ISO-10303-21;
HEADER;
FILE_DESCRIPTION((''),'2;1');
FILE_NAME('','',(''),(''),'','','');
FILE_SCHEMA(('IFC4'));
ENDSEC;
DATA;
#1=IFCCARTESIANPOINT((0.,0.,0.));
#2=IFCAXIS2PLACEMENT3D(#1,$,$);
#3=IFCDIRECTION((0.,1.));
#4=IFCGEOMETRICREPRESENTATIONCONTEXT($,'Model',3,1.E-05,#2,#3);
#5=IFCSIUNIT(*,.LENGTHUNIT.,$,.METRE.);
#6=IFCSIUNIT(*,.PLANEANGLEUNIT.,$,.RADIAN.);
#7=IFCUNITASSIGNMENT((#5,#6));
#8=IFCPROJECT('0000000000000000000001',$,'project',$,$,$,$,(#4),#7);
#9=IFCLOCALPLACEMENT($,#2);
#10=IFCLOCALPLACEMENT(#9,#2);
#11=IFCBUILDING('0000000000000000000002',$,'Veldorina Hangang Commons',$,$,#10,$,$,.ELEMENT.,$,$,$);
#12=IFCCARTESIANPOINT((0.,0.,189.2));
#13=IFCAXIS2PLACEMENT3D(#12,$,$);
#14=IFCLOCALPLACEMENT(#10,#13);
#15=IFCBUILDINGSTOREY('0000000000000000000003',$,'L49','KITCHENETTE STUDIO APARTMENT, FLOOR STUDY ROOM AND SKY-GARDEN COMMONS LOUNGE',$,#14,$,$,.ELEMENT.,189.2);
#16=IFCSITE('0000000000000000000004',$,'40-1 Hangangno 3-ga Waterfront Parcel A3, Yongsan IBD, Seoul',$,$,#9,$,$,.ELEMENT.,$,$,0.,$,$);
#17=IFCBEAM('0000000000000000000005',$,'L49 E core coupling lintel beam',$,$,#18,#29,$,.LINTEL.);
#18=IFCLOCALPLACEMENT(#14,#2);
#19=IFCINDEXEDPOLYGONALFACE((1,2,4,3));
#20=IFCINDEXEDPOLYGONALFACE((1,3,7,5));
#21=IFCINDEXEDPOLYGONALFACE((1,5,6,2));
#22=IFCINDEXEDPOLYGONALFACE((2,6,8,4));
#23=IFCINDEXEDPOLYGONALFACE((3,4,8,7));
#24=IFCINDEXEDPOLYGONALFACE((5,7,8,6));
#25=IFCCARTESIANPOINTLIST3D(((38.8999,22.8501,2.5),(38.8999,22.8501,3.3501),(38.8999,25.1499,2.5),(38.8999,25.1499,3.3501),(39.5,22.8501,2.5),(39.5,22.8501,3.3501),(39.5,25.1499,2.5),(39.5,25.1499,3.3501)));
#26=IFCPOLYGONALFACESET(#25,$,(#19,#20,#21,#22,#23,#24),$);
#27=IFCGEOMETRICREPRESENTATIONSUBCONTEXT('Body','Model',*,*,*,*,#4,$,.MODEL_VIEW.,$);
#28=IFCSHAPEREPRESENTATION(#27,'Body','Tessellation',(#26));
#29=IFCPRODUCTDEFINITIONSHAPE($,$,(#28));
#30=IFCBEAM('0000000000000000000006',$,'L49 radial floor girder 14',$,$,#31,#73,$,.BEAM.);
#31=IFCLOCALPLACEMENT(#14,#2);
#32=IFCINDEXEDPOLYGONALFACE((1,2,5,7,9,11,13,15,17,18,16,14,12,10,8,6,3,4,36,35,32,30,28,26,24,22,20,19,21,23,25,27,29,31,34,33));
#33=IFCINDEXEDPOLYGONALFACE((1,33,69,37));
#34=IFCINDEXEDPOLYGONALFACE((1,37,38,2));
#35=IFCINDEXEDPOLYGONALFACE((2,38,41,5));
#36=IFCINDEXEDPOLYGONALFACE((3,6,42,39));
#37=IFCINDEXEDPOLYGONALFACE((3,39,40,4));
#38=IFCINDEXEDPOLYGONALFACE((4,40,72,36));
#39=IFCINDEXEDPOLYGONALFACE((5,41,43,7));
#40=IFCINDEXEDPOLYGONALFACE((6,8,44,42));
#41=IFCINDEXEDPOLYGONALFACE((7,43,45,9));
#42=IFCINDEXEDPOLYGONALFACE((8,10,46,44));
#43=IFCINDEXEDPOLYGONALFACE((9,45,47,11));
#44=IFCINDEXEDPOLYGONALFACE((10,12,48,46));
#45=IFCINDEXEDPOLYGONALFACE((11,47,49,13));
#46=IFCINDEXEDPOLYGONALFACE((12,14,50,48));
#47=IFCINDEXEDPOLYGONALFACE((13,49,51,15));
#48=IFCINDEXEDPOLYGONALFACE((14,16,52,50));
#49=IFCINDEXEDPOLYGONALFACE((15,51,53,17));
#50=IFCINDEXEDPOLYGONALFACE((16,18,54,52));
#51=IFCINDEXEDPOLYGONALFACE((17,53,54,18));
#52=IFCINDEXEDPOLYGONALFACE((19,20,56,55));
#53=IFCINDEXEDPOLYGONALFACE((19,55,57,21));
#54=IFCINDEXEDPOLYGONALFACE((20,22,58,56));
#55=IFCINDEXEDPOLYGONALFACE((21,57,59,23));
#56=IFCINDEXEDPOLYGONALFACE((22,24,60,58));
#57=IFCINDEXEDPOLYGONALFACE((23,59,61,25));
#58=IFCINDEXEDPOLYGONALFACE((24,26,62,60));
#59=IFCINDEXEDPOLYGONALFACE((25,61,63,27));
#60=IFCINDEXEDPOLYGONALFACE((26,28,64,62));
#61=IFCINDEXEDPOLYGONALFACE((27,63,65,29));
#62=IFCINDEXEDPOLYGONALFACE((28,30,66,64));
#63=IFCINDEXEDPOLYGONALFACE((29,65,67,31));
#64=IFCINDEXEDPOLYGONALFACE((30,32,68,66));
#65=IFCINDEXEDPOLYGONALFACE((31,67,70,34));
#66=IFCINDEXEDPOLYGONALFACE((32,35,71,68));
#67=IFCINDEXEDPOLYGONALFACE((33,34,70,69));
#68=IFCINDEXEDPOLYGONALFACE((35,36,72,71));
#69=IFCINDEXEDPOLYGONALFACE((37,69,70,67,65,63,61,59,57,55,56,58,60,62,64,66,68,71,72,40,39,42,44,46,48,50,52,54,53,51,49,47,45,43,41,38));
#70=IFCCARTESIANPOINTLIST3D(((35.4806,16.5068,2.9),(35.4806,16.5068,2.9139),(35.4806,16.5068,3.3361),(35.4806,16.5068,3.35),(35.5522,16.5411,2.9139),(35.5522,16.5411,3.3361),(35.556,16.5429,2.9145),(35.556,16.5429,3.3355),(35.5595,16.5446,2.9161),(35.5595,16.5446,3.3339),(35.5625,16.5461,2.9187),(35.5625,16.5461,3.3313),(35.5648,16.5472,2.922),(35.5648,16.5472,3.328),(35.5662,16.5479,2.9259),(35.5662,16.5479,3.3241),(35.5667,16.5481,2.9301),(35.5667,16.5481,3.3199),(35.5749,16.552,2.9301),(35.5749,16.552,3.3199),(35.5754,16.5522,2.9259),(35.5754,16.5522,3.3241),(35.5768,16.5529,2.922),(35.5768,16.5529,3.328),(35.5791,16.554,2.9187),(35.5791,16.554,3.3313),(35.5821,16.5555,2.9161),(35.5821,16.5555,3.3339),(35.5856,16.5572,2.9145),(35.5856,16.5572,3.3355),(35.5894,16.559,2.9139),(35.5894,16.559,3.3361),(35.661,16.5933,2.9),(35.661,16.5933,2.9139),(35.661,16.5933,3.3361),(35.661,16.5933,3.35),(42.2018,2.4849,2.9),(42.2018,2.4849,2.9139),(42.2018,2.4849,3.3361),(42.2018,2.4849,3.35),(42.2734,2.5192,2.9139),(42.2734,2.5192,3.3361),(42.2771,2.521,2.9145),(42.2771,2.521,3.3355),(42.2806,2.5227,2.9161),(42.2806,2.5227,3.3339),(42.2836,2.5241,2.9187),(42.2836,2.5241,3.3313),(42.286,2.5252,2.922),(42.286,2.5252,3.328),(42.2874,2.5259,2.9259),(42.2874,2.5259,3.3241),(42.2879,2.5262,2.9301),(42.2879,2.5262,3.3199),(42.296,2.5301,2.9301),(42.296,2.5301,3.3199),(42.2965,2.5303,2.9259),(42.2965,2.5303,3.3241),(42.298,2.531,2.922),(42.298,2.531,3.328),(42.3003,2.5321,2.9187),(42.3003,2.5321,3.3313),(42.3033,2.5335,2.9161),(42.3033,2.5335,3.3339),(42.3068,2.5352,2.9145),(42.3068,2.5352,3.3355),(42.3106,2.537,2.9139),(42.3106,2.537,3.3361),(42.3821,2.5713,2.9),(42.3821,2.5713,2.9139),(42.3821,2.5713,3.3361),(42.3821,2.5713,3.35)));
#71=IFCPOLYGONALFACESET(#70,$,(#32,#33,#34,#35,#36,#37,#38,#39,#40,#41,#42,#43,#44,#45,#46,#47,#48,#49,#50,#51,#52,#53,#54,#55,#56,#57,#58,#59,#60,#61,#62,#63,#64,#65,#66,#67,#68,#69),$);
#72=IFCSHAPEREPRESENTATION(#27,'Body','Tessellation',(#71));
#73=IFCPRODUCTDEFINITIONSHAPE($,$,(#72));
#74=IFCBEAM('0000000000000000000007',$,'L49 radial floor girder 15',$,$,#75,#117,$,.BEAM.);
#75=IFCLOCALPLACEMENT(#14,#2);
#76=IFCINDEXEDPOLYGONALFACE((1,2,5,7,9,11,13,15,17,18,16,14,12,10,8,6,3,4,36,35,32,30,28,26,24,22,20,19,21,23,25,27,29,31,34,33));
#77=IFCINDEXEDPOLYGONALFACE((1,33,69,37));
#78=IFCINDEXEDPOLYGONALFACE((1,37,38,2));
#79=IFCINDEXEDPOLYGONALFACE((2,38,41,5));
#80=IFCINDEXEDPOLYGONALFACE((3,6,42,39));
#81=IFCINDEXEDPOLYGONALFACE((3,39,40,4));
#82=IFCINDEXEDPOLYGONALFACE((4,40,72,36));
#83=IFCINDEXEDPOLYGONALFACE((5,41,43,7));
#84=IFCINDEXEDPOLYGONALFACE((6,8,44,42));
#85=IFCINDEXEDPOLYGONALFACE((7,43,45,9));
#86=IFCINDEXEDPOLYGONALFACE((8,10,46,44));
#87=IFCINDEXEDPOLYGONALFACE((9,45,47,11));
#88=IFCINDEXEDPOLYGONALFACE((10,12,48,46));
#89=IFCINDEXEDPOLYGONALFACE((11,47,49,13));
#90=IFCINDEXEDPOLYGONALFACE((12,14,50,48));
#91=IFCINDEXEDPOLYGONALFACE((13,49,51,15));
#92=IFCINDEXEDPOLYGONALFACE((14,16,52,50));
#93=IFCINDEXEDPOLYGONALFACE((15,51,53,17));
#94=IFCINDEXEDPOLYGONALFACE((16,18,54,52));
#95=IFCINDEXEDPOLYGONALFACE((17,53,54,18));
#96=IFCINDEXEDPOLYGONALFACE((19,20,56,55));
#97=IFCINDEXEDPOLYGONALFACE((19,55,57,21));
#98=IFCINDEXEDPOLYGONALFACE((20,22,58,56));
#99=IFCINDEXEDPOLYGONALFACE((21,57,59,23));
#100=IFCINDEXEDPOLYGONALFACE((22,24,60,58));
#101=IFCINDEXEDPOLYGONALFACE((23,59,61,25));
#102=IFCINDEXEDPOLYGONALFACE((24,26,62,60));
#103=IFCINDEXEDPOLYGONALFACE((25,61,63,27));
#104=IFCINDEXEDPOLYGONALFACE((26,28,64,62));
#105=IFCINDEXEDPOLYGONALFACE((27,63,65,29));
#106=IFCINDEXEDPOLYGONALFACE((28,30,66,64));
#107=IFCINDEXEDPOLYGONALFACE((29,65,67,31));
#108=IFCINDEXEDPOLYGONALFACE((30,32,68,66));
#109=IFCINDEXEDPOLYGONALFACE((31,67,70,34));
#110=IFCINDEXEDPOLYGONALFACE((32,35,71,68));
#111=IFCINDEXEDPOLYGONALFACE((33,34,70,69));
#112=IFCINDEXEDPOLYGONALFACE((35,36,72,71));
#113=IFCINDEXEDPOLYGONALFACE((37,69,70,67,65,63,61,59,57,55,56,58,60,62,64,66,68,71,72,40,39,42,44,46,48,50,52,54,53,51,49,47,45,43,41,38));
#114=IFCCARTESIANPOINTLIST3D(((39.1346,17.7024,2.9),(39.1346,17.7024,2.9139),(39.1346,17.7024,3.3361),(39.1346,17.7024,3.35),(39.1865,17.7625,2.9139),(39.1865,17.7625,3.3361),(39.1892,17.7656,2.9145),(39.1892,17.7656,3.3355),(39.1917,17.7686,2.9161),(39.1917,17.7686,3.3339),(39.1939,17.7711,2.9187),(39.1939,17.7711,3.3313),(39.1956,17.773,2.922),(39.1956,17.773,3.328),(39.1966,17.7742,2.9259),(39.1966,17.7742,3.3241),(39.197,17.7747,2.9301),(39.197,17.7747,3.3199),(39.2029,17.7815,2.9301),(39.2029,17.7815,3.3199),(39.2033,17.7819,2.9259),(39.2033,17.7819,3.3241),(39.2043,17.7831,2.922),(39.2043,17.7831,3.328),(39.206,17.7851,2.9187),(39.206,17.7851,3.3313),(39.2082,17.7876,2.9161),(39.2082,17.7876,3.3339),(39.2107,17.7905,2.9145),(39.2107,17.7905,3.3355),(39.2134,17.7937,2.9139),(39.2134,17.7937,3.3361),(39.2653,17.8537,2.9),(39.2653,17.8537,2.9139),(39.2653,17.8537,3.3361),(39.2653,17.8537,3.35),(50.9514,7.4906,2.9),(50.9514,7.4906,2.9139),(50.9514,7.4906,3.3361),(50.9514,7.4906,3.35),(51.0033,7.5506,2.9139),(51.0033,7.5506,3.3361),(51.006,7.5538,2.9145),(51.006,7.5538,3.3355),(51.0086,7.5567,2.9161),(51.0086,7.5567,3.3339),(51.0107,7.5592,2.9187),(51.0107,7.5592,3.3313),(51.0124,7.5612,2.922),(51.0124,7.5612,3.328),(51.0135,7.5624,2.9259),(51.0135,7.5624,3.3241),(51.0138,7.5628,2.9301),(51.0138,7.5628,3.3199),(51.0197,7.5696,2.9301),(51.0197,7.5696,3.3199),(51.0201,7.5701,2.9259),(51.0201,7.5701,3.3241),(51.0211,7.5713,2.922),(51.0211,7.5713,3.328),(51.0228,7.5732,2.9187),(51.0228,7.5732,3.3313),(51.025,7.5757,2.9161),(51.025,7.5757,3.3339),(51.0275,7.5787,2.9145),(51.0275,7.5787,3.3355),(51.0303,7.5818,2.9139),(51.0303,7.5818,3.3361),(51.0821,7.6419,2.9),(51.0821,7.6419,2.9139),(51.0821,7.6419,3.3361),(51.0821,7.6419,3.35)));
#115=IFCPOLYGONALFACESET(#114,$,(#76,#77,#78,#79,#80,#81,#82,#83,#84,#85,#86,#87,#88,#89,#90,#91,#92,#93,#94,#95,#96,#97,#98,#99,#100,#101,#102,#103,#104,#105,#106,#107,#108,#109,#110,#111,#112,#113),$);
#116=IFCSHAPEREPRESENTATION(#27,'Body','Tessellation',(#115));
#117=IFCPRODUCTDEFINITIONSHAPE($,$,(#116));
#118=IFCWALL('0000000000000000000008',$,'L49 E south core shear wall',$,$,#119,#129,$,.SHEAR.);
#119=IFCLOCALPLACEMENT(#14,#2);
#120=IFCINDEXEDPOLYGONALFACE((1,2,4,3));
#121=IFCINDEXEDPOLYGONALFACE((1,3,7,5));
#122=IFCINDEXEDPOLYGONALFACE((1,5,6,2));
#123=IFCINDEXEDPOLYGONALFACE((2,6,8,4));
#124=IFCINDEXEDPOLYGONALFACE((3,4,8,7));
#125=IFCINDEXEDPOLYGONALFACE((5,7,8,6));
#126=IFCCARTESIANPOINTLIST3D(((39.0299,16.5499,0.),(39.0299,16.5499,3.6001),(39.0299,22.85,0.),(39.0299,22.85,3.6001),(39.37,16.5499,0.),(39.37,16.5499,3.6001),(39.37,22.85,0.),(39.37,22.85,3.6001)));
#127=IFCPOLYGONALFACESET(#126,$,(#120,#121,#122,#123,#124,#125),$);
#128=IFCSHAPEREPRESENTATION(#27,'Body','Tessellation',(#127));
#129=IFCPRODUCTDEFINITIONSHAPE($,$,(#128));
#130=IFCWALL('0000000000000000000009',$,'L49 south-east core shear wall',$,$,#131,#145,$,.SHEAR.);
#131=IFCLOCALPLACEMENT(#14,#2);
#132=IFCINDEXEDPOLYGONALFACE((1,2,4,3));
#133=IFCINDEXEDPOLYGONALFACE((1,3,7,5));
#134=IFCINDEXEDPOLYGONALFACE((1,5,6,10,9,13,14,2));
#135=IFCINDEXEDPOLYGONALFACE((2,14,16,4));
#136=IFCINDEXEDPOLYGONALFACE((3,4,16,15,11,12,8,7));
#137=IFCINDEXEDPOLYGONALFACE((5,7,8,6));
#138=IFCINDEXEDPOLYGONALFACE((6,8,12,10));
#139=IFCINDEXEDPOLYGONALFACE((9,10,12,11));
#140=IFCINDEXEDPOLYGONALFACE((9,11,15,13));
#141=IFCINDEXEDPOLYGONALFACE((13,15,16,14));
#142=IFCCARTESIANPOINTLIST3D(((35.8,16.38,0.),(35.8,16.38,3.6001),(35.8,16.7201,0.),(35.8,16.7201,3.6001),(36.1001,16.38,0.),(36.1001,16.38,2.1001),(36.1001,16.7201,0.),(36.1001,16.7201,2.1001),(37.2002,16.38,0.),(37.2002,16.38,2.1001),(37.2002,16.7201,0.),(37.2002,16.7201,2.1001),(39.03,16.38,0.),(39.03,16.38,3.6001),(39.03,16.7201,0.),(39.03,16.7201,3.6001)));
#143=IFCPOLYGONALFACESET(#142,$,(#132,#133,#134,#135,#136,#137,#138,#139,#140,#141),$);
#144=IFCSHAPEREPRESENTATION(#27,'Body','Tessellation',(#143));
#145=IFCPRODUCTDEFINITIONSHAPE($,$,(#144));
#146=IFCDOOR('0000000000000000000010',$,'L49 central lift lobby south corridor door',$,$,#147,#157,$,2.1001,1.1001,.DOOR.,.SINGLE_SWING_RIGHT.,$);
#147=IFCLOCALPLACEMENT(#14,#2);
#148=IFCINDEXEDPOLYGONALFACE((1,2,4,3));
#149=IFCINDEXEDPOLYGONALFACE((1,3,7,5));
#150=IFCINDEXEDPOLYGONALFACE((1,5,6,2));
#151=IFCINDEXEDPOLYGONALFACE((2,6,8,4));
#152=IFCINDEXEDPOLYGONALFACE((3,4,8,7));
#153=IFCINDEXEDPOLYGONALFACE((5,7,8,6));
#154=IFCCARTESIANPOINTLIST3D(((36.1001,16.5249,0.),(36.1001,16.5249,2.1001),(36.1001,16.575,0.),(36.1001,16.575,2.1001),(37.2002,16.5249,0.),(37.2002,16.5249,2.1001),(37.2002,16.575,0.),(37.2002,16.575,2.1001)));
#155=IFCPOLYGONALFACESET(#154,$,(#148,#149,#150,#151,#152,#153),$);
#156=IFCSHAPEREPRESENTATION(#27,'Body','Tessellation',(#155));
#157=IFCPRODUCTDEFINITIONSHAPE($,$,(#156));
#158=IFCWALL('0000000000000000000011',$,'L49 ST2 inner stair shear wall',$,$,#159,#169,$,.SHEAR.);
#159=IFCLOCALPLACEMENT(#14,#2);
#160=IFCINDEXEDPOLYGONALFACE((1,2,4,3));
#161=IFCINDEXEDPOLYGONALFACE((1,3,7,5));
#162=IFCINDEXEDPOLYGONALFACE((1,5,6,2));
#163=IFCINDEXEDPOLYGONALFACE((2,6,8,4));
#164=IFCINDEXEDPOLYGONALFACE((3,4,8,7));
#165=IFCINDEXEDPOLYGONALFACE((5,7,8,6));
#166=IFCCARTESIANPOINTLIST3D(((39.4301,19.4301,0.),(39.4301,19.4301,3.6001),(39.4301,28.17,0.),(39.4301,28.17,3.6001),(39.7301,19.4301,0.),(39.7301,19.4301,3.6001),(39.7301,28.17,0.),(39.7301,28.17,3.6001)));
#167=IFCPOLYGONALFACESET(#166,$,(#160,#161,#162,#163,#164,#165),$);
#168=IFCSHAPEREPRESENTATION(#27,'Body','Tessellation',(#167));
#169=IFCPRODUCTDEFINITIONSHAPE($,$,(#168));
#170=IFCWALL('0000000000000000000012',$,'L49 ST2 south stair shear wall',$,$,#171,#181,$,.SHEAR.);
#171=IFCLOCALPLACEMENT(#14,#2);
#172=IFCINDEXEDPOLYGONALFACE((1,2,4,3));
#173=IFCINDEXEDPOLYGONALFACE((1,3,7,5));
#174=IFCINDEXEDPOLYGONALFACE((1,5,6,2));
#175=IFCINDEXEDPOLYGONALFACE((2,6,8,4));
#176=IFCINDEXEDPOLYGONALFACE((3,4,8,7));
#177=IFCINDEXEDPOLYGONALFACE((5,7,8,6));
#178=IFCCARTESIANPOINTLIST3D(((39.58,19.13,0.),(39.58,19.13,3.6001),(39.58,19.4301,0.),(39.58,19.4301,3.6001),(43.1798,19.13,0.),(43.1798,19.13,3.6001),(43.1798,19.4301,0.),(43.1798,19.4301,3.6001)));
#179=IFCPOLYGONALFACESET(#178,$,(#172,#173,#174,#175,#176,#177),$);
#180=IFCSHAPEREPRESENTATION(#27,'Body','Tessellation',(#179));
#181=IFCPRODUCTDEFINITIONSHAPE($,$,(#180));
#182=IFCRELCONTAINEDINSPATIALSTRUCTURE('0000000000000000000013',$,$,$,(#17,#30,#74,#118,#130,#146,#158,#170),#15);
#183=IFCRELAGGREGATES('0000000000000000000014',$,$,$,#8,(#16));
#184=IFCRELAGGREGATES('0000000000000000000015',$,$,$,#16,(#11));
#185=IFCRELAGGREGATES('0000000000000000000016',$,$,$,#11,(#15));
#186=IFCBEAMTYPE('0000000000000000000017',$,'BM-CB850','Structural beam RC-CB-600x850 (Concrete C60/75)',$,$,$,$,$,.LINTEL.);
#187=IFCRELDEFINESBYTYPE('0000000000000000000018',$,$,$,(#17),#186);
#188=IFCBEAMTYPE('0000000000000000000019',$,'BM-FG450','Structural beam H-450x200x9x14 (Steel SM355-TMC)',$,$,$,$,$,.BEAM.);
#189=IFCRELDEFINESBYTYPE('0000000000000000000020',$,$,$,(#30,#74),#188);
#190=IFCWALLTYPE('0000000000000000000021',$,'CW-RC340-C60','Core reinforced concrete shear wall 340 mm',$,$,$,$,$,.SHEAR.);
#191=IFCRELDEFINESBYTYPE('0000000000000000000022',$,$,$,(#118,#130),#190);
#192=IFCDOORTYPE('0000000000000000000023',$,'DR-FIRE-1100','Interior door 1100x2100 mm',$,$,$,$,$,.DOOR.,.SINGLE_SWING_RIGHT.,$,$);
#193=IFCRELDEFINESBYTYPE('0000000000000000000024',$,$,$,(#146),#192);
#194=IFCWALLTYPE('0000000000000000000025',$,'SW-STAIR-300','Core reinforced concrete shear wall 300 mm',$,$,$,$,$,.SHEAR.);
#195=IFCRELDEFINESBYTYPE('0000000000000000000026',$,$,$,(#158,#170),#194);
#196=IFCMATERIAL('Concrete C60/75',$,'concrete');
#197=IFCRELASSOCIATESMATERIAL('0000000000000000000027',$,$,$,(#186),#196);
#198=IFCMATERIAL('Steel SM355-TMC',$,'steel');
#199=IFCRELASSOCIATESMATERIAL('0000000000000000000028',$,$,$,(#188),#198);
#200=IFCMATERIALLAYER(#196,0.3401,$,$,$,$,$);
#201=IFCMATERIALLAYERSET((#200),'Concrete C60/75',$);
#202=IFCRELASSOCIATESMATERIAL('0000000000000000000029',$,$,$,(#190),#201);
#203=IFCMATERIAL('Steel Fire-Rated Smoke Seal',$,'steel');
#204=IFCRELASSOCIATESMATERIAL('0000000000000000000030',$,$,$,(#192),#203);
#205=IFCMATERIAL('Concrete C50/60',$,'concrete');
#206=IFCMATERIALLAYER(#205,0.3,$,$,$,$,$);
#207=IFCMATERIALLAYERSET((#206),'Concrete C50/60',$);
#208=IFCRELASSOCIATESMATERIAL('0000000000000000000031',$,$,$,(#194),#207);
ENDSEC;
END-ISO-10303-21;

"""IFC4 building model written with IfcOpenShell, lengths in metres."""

from ifc_helpers import new_model, si_unit, direction, frame, frame_2d, origin, origin_2d, place, context, subcontext, project, spatial, rectangle, i_section, extrude, material, layer, layer_set, material_profile, profile_set, type_object, element, fill, save


model = new_model("IFC4")

# Units and contexts
model_context = context("Model", 3, precision=1e-05, world=origin(), true_north=direction((0.0, 1.0)))
body_context = subcontext(model_context, "Body", "Model", "MODEL_VIEW")
ifc_project = project(units=[si_unit("LENGTHUNIT", "METRE"), si_unit("PLANEANGLEUNIT", "RADIAN")], contexts=[model_context])

# Site, building, storey
site_placement = place(None, origin())
site = spatial("IfcSite", under=ifc_project, at=site_placement, Name="40-1 Hangangno 3-ga Waterfront Parcel A3, Yongsan IBD, Seoul", CompositionType="ELEMENT", RefElevation=0.0)
building_placement = place(site_placement, origin())
building = spatial("IfcBuilding", under=site, at=building_placement, Name="Veldorina Hangang Commons", CompositionType="ELEMENT")
storey_placement = place(building_placement, frame((0.0, 0.0, 189.2)))
storey = spatial("IfcBuildingStorey", under=building, at=storey_placement, Name="L49", Description="KITCHENETTE STUDIO APARTMENT, FLOOR STUDY ROOM AND SKY-GARDEN COMMONS LOUNGE", CompositionType="ELEMENT", Elevation=189.2)

# Beams
ifc_material_1 = material(Name="Concrete C60/75", Category="concrete")
ifc_material_profile_1 = material_profile(ifc_material_1, rectangle(XDim=0.6001, YDim=0.8501, at=origin_2d()), Name="RC-CB-600x850")
ifc_profile_set_1 = profile_set([ifc_material_profile_1], Name="Concrete C60/75")
beam_type_1 = type_object("IfcBeamType", Name="BM-CB850", Description="Structural beam RC-CB-600x850 (Concrete C60/75)", PredefinedType="LINTEL", material=ifc_profile_set_1)
beam_1_placement = place(storey_placement, frame((39.2, 22.8501, 2.925), z_axis=(0.0, 1.0, 0.0), x_axis=(-1.0, 0.0, 0.0)))
element("IfcBeam", 1, at=beam_1_placement, inside=storey, type_object=beam_type_1, Name="L49 E core coupling lintel beam", PredefinedType="LINTEL", context=body_context, shape_type="SweptSolid", body=[
    extrude(rectangle(XDim=0.6001, YDim=0.8501, at=origin_2d()), origin(), (0.0, 0.0, 1.0), 2.2998),
])
ifc_material_2 = material(Name="Steel SM355-TMC", Category="steel")
ifc_material_profile_2 = material_profile(ifc_material_2, i_section(OverallWidth=0.2, OverallDepth=0.45, WebThickness=0.009, FlangeThickness=0.0139, FilletRadius=0.0161, at=origin_2d()), Name="H-450x200x9x14")
ifc_profile_set_2 = profile_set([ifc_material_profile_2], Name="Steel SM355-TMC")
beam_type_2 = type_object("IfcBeamType", Name="BM-FG450", Description="Structural beam H-450x200x9x14 (Steel SM355-TMC)", PredefinedType="BEAM", material=ifc_profile_set_2)
beam_2_placement = place(storey_placement, frame((35.5708, 16.55, 3.125), z_axis=(0.432242, -0.901758, 0.0), x_axis=(0.901758, 0.432242, 0.0)))
element("IfcBeam", 2, at=beam_2_placement, inside=storey, type_object=beam_type_2, Name="L49 radial floor girder 14", PredefinedType="BEAM", context=body_context, shape_type="SweptSolid", body=[
    extrude(i_section(OverallWidth=0.2, OverallDepth=0.45, WebThickness=0.009, FlangeThickness=0.0139, FilletRadius=0.0161, at=origin_2d()), origin(), (0.0, 0.0, 1.0), 15.5496),
])
beam_3_placement = place(storey_placement, frame((39.2, 17.7781, 3.125), z_axis=(0.75662, -0.653855, 0.0), x_axis=(0.653855, 0.75662, 0.0)))
element("IfcBeam", 3, at=beam_3_placement, inside=storey, type_object=beam_type_2, Name="L49 radial floor girder 15", PredefinedType="BEAM", context=body_context, shape_type="SweptSolid", body=[
    extrude(i_section(OverallWidth=0.2, OverallDepth=0.45, WebThickness=0.009, FlangeThickness=0.0139, FilletRadius=0.0161, at=origin_2d()), origin(), (0.0, 0.0, 1.0), 15.6179),
])

# Wall
ifc_layer_1 = layer(ifc_material_1, 0.3401)
ifc_layer_set_1 = layer_set([ifc_layer_1], Name="Concrete C60/75")
wall_type_1 = type_object("IfcWallType", Name="CW-RC340-C60", Description="Core reinforced concrete shear wall 340 mm", PredefinedType="SHEAR", material=ifc_layer_set_1)
wall_1_placement = place(storey_placement, frame((39.2, 16.55, 0.0), z_axis=(0.0, 0.0, 1.0), x_axis=(0.0, 1.0, 0.0)))
element("IfcWall", 4, at=wall_1_placement, inside=storey, type_object=wall_type_1, Name="L49 E south core shear wall", PredefinedType="SHEAR", context=body_context, shape_type="SweptSolid", body=[
    extrude(rectangle(XDim=6.3, YDim=0.3401, at=frame_2d((3.1499, 0.0))), origin(), (0.0, 0.0, 1.0), 3.6001),
])

# Wall, opening, door
wall_2_placement = place(storey_placement, frame((35.8, 16.55, 0.0), z_axis=(0.0, 0.0, 1.0), x_axis=(1.0, 0.0, 0.0)))
wall_2 = element("IfcWall", 5, at=wall_2_placement, inside=storey, type_object=wall_type_1, Name="L49 south-east core shear wall", PredefinedType="SHEAR", context=body_context, shape_type="SweptSolid", body=[
    extrude(rectangle(XDim=3.23, YDim=0.3401, at=frame_2d((1.615, 0.0))), origin(), (0.0, 0.0, 1.0), 3.6001),
])
opening_1_placement = place(wall_2_placement, frame((0.3, 0.0, 0.0)))
opening_1 = element("IfcOpeningElement", 6, at=opening_1_placement, cuts=wall_2, PredefinedType="OPENING", context=body_context, shape_type="SweptSolid", body=[
    extrude(rectangle(XDim=1.1001, YDim=2.1001, at=frame_2d((0.55, 1.05))), frame((0.0, 0.1802, 0.0), z_axis=(0.0, -1.0, 0.0), x_axis=(1.0, 0.0, 0.0)), (0.0, 0.0, 1.0), 0.3601),
])
ifc_material_3 = material(Name="Steel Fire-Rated Smoke Seal", Category="steel")
door_type_1 = type_object("IfcDoorType", Name="DR-FIRE-1100", Description="Interior door 1100x2100 mm", OperationType="SINGLE_SWING_RIGHT", PredefinedType="DOOR", material=ifc_material_3)
door_1_placement = place(opening_1_placement, origin())
door_1 = element("IfcDoor", 7, at=door_1_placement, inside=storey, type_object=door_type_1, Name="L49 central lift lobby south corridor door", OperationType="SINGLE_SWING_RIGHT", OverallHeight=2.1001, OverallWidth=1.1001, PredefinedType="DOOR", context=body_context, shape_type="SweptSolid", body=[
    extrude(rectangle(XDim=1.1001, YDim=2.1001, at=frame_2d((0.55, 1.05))), frame((0.0, 0.0249, 0.0), z_axis=(0.0, -1.0, 0.0), x_axis=(1.0, 0.0, 0.0)), (0.0, 0.0, 1.0), 0.05),
])
fill(opening_1, door_1)

# Walls
ifc_material_4 = material(Name="Concrete C50/60", Category="concrete")
ifc_layer_2 = layer(ifc_material_4, 0.3)
ifc_layer_set_2 = layer_set([ifc_layer_2], Name="Concrete C50/60")
wall_type_2 = type_object("IfcWallType", Name="SW-STAIR-300", Description="Core reinforced concrete shear wall 300 mm", PredefinedType="SHEAR", material=ifc_layer_set_2)
wall_3_placement = place(storey_placement, frame((39.5801, 19.4299, 0.0), z_axis=(0.0, 0.0, 1.0), x_axis=(0.0, 1.0, 0.0)))
element("IfcWall", 8, at=wall_3_placement, inside=storey, type_object=wall_type_2, Name="L49 ST2 inner stair shear wall", PredefinedType="SHEAR", context=body_context, shape_type="SweptSolid", body=[
    extrude(rectangle(XDim=8.74, YDim=0.3, at=frame_2d((4.3701, 0.0))), origin(), (0.0, 0.0, 1.0), 3.6001),
])
wall_4_placement = place(storey_placement, frame((39.5801, 19.28, 0.0), z_axis=(0.0, 0.0, 1.0), x_axis=(1.0, 0.0, 0.0)))
element("IfcWall", 9, at=wall_4_placement, inside=storey, type_object=wall_type_2, Name="L49 ST2 south stair shear wall", PredefinedType="SHEAR", context=body_context, shape_type="SweptSolid", body=[
    extrude(rectangle(XDim=3.5999, YDim=0.3, at=frame_2d((1.7998, 0.0))), origin(), (0.0, 0.0, 1.0), 3.6001),
])

save(model, "model.ifc")
